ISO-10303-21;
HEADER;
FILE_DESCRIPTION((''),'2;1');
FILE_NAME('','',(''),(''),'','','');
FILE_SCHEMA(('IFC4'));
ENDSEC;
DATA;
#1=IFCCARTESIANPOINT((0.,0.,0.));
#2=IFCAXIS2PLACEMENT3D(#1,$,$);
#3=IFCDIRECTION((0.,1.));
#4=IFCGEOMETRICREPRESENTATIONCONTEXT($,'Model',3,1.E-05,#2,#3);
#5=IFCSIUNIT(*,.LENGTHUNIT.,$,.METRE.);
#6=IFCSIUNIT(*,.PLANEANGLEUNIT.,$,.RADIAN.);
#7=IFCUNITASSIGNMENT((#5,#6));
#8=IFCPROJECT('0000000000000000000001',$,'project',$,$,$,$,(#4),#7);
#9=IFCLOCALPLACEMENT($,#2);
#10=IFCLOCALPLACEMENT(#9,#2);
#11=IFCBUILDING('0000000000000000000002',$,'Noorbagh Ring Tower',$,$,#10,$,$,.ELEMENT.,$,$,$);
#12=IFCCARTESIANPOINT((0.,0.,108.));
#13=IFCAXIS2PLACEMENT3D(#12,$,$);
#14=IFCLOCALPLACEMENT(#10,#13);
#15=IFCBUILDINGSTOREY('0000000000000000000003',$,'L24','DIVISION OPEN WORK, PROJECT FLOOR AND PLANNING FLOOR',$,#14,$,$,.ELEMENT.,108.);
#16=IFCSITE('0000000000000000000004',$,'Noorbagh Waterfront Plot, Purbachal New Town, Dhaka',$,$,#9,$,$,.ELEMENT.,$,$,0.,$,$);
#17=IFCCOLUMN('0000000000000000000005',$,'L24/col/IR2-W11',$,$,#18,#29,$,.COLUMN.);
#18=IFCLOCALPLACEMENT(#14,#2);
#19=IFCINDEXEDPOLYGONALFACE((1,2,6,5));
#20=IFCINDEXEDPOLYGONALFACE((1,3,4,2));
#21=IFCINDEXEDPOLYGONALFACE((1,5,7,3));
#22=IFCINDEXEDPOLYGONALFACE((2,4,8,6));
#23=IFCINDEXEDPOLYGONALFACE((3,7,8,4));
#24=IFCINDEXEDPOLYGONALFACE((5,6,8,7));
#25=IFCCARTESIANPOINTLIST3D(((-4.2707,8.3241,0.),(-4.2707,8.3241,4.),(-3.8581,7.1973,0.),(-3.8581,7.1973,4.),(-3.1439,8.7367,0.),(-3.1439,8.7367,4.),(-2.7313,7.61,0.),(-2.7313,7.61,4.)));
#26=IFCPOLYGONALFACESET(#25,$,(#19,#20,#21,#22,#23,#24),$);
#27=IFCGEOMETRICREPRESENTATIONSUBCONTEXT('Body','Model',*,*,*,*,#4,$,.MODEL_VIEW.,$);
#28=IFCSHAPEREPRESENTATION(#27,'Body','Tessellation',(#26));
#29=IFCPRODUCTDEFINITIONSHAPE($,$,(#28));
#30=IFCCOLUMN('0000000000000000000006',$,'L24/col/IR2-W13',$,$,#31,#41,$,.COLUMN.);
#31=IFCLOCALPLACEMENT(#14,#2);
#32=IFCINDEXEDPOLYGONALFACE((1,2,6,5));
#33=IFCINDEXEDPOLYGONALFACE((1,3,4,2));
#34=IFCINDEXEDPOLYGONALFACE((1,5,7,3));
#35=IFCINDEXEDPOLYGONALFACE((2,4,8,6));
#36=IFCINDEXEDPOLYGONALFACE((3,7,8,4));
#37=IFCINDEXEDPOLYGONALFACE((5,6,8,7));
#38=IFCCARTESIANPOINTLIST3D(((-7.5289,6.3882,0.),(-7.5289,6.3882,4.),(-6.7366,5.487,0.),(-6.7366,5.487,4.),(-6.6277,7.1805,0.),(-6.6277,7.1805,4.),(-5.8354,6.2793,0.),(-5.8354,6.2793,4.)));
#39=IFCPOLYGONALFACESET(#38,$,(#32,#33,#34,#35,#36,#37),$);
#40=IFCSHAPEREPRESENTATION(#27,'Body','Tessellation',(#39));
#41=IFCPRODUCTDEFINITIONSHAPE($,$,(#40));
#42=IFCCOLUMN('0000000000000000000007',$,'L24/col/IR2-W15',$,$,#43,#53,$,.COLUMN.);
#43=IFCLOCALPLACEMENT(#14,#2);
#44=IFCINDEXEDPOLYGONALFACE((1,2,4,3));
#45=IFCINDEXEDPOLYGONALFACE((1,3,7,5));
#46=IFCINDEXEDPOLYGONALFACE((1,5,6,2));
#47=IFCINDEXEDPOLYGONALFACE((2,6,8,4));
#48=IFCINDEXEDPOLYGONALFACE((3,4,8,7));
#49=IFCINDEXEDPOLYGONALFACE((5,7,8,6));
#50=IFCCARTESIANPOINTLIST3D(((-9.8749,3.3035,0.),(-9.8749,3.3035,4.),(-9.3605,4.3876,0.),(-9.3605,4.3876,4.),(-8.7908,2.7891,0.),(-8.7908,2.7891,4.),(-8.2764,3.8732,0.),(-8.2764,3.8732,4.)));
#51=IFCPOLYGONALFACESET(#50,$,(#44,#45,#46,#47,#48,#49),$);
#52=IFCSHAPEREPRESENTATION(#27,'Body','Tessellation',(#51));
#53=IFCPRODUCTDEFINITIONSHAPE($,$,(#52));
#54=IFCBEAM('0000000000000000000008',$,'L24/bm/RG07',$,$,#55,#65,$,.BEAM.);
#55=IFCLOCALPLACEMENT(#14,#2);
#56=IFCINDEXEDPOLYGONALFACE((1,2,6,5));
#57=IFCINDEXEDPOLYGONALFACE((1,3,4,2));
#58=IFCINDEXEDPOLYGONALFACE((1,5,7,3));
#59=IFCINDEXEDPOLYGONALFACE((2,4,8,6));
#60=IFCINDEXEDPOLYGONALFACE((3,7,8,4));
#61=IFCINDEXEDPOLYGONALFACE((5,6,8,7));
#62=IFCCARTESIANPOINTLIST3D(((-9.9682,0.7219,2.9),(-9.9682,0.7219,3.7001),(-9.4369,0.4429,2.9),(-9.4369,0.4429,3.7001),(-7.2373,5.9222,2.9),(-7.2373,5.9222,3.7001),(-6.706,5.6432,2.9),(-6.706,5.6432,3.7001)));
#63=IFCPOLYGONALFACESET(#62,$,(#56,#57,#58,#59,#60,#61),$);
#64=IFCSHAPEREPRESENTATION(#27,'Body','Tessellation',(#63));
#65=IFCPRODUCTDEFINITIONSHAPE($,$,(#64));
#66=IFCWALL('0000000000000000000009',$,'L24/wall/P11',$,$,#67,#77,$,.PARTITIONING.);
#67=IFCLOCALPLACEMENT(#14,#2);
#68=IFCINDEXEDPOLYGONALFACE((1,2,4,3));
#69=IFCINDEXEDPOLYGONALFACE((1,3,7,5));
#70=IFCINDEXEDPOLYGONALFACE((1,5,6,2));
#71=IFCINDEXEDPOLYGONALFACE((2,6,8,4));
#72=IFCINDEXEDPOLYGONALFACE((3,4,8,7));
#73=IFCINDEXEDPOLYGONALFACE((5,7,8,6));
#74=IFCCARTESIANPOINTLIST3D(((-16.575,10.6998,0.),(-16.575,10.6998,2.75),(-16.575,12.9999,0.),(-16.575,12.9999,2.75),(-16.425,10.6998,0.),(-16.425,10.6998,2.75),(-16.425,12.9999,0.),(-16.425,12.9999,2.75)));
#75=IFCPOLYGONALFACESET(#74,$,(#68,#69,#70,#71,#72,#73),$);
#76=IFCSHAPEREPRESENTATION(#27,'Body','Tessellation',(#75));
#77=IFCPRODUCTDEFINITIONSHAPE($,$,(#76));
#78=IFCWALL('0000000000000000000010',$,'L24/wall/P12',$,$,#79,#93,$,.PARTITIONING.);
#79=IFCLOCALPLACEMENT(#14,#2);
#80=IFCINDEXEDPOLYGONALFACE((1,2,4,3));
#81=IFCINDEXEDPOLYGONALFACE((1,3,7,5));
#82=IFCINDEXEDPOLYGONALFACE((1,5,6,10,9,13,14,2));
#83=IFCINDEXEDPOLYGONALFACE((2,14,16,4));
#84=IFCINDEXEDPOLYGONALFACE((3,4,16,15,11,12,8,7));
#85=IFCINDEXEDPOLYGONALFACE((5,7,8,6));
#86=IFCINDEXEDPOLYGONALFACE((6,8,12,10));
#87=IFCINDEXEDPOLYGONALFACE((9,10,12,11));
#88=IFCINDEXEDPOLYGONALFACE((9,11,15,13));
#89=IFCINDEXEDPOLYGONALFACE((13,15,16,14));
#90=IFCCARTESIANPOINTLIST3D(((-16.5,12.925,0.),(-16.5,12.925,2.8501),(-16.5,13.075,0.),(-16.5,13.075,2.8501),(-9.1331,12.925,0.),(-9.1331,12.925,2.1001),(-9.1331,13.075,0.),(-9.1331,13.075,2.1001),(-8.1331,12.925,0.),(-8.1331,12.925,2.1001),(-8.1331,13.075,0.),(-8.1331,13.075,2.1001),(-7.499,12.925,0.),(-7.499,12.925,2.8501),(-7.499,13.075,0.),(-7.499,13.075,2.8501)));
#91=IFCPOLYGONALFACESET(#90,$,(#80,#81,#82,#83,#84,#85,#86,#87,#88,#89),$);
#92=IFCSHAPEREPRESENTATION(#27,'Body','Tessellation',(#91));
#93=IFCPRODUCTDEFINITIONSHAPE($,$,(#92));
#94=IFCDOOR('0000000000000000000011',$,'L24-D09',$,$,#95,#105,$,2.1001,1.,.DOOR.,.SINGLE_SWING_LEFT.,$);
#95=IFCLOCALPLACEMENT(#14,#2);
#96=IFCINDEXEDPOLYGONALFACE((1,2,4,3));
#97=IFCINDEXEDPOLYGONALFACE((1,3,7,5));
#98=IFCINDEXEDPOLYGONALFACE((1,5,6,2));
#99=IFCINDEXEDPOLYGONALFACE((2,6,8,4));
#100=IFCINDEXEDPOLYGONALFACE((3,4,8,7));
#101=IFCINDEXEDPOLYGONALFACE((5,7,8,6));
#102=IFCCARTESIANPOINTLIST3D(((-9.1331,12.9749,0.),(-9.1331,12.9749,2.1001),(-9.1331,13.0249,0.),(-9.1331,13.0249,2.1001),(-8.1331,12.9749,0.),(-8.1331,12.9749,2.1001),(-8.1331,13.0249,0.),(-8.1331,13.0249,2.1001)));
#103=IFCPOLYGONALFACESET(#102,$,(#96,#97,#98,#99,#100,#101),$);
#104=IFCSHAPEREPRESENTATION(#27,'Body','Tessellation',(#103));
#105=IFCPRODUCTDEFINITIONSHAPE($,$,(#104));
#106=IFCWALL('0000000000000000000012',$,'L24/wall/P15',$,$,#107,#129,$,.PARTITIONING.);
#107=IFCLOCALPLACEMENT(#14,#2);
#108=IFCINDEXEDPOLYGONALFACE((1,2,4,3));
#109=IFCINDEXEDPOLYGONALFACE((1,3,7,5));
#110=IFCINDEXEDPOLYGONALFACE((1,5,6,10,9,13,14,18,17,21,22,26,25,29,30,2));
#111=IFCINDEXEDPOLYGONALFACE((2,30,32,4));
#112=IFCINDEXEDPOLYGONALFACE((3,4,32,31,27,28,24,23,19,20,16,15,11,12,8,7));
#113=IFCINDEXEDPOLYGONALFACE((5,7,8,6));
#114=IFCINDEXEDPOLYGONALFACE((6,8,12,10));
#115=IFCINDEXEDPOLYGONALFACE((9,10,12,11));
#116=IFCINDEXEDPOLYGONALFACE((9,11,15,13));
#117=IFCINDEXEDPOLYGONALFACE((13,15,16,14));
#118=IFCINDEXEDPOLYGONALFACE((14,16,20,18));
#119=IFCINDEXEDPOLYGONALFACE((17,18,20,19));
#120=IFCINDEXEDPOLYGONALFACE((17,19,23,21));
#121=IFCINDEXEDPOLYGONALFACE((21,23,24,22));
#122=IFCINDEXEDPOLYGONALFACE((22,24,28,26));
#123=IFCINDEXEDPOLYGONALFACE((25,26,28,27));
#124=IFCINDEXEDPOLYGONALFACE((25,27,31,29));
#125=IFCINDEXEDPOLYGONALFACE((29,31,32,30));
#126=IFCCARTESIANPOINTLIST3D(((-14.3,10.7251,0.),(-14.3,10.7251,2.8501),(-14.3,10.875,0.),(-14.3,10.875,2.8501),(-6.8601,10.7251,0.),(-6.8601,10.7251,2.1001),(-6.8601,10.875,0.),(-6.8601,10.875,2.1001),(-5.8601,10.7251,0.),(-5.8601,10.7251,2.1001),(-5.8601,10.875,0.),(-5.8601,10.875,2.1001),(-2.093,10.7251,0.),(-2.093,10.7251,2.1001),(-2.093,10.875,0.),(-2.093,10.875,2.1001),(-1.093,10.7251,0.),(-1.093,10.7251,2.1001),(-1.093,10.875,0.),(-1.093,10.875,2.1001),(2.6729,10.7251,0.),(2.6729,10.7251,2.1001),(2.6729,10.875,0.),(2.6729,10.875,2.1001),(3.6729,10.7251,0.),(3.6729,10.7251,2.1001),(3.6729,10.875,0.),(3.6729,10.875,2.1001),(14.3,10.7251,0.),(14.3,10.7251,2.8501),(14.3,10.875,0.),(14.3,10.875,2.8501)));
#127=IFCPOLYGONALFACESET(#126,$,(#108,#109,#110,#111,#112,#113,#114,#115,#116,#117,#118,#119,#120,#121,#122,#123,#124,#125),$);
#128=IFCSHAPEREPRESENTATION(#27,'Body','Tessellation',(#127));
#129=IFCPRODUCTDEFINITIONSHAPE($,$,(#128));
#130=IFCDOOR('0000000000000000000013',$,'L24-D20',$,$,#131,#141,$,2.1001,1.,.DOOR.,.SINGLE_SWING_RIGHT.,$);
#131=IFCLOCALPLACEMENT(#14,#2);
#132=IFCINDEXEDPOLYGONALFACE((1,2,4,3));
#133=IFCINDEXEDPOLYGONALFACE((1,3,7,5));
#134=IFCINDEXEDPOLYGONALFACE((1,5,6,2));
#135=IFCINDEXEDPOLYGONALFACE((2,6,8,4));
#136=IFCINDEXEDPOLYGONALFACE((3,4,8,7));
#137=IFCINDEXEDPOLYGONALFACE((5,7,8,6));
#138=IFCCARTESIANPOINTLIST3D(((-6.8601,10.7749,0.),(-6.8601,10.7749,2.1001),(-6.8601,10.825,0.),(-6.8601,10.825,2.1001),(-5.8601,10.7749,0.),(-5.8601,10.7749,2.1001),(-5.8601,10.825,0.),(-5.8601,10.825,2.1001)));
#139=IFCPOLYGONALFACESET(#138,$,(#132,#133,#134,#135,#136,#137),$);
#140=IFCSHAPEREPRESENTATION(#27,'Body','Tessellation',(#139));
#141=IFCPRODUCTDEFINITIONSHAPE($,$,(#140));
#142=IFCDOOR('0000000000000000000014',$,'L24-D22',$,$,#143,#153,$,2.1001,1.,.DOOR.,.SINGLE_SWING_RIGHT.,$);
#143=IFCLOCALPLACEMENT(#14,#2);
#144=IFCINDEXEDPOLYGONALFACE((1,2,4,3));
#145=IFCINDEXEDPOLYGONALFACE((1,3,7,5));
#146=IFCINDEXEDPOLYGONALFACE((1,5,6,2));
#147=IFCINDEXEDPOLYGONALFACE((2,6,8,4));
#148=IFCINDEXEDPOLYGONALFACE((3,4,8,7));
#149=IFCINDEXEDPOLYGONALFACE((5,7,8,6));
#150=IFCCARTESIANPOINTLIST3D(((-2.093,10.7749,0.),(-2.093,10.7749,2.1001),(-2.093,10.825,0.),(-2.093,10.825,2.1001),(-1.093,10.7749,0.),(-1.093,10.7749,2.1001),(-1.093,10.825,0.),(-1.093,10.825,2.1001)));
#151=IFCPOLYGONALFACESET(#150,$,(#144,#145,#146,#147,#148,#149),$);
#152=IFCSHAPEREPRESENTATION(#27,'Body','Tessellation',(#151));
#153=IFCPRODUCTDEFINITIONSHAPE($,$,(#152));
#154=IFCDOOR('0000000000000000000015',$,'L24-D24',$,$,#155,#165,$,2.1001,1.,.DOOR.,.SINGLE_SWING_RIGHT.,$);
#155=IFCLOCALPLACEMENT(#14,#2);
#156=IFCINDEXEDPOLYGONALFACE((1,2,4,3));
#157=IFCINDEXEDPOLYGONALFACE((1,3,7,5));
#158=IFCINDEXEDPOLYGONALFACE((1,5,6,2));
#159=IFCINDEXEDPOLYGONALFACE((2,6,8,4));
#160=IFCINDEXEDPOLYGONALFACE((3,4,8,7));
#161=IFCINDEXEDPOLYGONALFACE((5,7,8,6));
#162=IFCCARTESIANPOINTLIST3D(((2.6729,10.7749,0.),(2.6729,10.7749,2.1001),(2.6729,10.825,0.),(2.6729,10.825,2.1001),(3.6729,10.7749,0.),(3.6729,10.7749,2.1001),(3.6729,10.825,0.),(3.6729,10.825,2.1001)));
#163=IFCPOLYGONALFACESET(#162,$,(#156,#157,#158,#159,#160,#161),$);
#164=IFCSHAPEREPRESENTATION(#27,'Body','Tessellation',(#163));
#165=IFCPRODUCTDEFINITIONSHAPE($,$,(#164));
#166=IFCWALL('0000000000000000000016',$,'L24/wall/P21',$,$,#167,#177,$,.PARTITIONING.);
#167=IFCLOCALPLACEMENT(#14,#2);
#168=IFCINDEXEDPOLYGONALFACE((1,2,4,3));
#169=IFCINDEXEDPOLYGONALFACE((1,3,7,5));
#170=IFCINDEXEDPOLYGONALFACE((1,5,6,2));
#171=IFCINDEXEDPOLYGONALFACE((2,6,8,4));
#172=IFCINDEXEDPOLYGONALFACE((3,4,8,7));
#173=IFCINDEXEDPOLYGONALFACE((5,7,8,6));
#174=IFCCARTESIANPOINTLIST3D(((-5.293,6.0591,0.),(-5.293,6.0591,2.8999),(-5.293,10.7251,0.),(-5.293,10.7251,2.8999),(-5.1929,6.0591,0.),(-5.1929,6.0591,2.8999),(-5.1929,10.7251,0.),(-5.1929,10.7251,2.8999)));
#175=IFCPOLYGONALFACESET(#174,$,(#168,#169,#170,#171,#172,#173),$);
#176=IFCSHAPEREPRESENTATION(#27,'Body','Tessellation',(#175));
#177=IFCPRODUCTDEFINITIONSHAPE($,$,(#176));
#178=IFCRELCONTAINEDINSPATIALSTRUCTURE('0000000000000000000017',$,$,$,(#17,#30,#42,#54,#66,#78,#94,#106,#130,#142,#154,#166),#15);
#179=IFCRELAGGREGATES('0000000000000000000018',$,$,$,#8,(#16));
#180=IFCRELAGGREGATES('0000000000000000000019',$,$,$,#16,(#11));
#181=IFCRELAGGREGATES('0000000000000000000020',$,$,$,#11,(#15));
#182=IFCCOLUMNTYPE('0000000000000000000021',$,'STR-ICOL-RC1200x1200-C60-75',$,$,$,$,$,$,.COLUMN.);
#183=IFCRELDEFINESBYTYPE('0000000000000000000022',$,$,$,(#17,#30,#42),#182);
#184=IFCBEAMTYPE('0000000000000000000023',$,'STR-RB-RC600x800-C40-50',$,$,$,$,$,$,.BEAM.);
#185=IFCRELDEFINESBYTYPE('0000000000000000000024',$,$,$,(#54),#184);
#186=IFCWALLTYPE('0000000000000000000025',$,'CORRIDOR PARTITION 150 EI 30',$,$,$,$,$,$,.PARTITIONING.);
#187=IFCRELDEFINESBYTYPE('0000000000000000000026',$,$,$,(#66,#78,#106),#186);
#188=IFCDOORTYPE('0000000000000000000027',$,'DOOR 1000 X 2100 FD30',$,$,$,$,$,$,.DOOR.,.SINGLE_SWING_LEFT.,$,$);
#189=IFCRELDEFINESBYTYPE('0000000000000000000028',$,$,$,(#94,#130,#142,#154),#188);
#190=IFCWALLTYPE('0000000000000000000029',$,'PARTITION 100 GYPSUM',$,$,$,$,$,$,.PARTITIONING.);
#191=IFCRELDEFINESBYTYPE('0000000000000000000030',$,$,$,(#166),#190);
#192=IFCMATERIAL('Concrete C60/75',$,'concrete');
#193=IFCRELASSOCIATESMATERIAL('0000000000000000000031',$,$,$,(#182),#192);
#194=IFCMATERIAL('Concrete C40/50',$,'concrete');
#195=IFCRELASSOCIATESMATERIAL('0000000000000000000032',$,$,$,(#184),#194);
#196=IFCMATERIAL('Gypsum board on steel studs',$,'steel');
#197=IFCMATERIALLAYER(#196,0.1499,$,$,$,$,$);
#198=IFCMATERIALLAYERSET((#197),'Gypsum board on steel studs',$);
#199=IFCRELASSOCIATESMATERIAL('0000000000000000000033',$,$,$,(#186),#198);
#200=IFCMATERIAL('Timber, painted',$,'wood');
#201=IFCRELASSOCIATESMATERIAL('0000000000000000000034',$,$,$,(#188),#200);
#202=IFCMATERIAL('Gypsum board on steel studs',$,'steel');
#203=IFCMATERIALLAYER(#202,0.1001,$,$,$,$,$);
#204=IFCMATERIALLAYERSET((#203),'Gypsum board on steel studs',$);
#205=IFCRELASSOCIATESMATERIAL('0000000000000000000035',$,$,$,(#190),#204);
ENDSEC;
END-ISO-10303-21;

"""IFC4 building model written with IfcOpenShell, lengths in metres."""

from ifc_helpers import new_model, si_unit, direction, frame, frame_2d, origin, origin_2d, place, context, subcontext, project, spatial, rectangle, extrude, material, layer, layer_set, material_profile, profile_set, type_object, element, fill, save


model = new_model("IFC4")

# Units and contexts
model_context = context("Model", 3, precision=1e-05, world=origin(), true_north=direction((0.0, 1.0)))
body_context = subcontext(model_context, "Body", "Model", "MODEL_VIEW")
ifc_project = project(units=[si_unit("LENGTHUNIT", "METRE"), si_unit("PLANEANGLEUNIT", "RADIAN")], contexts=[model_context])

# Site, building, storey
site_placement = place(None, origin())
site = spatial("IfcSite", under=ifc_project, at=site_placement, Name="Noorbagh Waterfront Plot, Purbachal New Town, Dhaka", CompositionType="ELEMENT", RefElevation=0.0)
building_placement = place(site_placement, origin())
building = spatial("IfcBuilding", under=site, at=building_placement, Name="Noorbagh Ring Tower", CompositionType="ELEMENT")
storey_placement = place(building_placement, frame((0.0, 0.0, 108.0)))
storey = spatial("IfcBuildingStorey", under=building, at=storey_placement, Name="L24", Description="DIVISION OPEN WORK, PROJECT FLOOR AND PLANNING FLOOR", CompositionType="ELEMENT", Elevation=108.0)

# Columns
ifc_material_1 = material(Name="Concrete C60/75", Category="concrete")
ifc_material_profile_1 = material_profile(ifc_material_1, rectangle(XDim=1.2, YDim=1.2, at=origin_2d()), Name="RC1200x1200")
ifc_profile_set_1 = profile_set([ifc_material_profile_1], Name="Concrete C60/75")
column_type = type_object("IfcColumnType", Name="STR-ICOL-RC1200x1200-C60-75", PredefinedType="COLUMN", material=ifc_profile_set_1)
for number, where, z_axis, x_axis, name in (
    (1, (-3.501, 7.967, 0.0), (0.0, 0.0, 1.0), (-0.93902, -0.343864, 0.0), "L24/col/IR2-W11"),
    (2, (-6.6821, 6.3337, 0.0), (0.0, 0.0, 1.0), (-0.751022, -0.660277, 0.0), "L24/col/IR2-W13"),
    (3, (-9.0757, 3.5884, 0.0), (0.0, 0.0, 1.0), (-0.428667, -0.903463, 0.0), "L24/col/IR2-W15"),
):
    element("IfcColumn", number, at=place(storey_placement, frame(where, z_axis=z_axis, x_axis=x_axis)), inside=storey, type_object=column_type, Name=name, PredefinedType="COLUMN", context=body_context, shape_type="SweptSolid", body=[
        extrude(rectangle(XDim=1.2, YDim=1.2, at=origin_2d()), origin(), (0.0, 0.0, 1.0), 4.0),
    ])

# Beam
ifc_material_2 = material(Name="Concrete C40/50", Category="concrete")
ifc_material_profile_2 = material_profile(ifc_material_2, rectangle(XDim=0.6001, YDim=0.8, at=origin_2d()), Name="RC600x800")
ifc_profile_set_2 = profile_set([ifc_material_profile_2], Name="Concrete C40/50")
beam_type = type_object("IfcBeamType", Name="STR-RB-RC600x800-C40-50", PredefinedType="BEAM", material=ifc_profile_set_2)
beam_placement = place(storey_placement, frame((-6.9717, 5.7827, 3.3), z_axis=(-0.464931, -0.885347, 0.0), x_axis=(0.885347, -0.464931, 0.0)))
element("IfcBeam", 4, at=beam_placement, inside=storey, type_object=beam_type, Name="L24/bm/RG07", PredefinedType="BEAM", context=body_context, shape_type="SweptSolid", body=[
    extrude(rectangle(XDim=0.6001, YDim=0.8, at=origin_2d()), origin(), (0.0, 0.0, 1.0), 5.8738),
])

# Wall
ifc_material_3 = material(Name="Gypsum board on steel studs", Category="steel")
ifc_layer_1 = layer(ifc_material_3, 0.1499)
ifc_layer_set_1 = layer_set([ifc_layer_1], Name="Gypsum board on steel studs")
wall_type_1 = type_object("IfcWallType", Name="CORRIDOR PARTITION 150 EI 30", PredefinedType="PARTITIONING", material=ifc_layer_set_1)
wall_1_placement = place(storey_placement, frame((-16.5, 10.7, 0.0), z_axis=(0.0, 0.0, 1.0), x_axis=(0.0, 1.0, 0.0)))
element("IfcWall", 5, at=wall_1_placement, inside=storey, type_object=wall_type_1, Name="L24/wall/P11", PredefinedType="PARTITIONING", context=body_context, shape_type="SweptSolid", body=[
    extrude(rectangle(XDim=2.3, YDim=0.1499, at=frame_2d((1.1499, 0.0))), origin(), (0.0, 0.0, 1.0), 2.75),
])

# Wall, opening, door
wall_2_placement = place(storey_placement, frame((-16.5, 13.0, 0.0), z_axis=(0.0, 0.0, 1.0), x_axis=(1.0, 0.0, 0.0)))
wall_2 = element("IfcWall", 6, at=wall_2_placement, inside=storey, type_object=wall_type_1, Name="L24/wall/P12", PredefinedType="PARTITIONING", context=body_context, shape_type="SweptSolid", body=[
    extrude(rectangle(XDim=9.001, YDim=0.1499, at=frame_2d((4.5005, 0.0))), origin(), (0.0, 0.0, 1.0), 2.8501),
])
opening_1_placement = place(wall_2_placement, frame((7.3669, 0.0, 0.0)))
opening_1 = element("IfcOpeningElement", 7, at=opening_1_placement, cuts=wall_2, PredefinedType="OPENING", context=body_context, shape_type="SweptSolid", body=[
    extrude(rectangle(XDim=1.0, YDim=2.1001, at=frame_2d((0.5, 1.05))), frame((0.0, 0.085, 0.0), z_axis=(0.0, -1.0, 0.0), x_axis=(1.0, 0.0, 0.0)), (0.0, 0.0, 1.0), 0.1699),
])
ifc_material_4 = material(Name="Timber, painted", Category="wood")
door_type = type_object("IfcDoorType", Name="DOOR 1000 X 2100 FD30", OperationType="SINGLE_SWING_LEFT", PredefinedType="DOOR", material=ifc_material_4)
door_1_placement = place(opening_1_placement, origin())
door_1 = element("IfcDoor", 8, at=door_1_placement, inside=storey, type_object=door_type, Name="L24-D09", OperationType="SINGLE_SWING_LEFT", OverallHeight=2.1001, OverallWidth=1.0, PredefinedType="DOOR", context=body_context, shape_type="SweptSolid", body=[
    extrude(rectangle(XDim=1.0, YDim=2.1001, at=frame_2d((0.5, 1.05))), frame((0.0, 0.0249, 0.0), z_axis=(0.0, -1.0, 0.0), x_axis=(1.0, 0.0, 0.0)), (0.0, 0.0, 1.0), 0.05),
])
fill(opening_1, door_1)

# Wall, openings, doors
wall_3_placement = place(storey_placement, frame((-14.3, 10.8, 0.0), z_axis=(0.0, 0.0, 1.0), x_axis=(1.0, 0.0, 0.0)))
wall_3 = element("IfcWall", 9, at=wall_3_placement, inside=storey, type_object=wall_type_1, Name="L24/wall/P15", PredefinedType="PARTITIONING", context=body_context, shape_type="SweptSolid", body=[
    extrude(rectangle(XDim=28.6001, YDim=0.1499, at=frame_2d((14.3, 0.0))), origin(), (0.0, 0.0, 1.0), 2.8501),
])
opening_2_placement = place(wall_3_placement, frame((7.4399, 0.0, 0.0)))
opening_2 = element("IfcOpeningElement", 10, at=opening_2_placement, cuts=wall_3, PredefinedType="OPENING", context=body_context, shape_type="SweptSolid", body=[
    extrude(rectangle(XDim=1.0, YDim=2.1001, at=frame_2d((0.5, 1.05))), frame((0.0, 0.085, 0.0), z_axis=(0.0, -1.0, 0.0), x_axis=(1.0, 0.0, 0.0)), (0.0, 0.0, 1.0), 0.1699),
])
opening_3_placement = place(wall_3_placement, frame((12.207, 0.0, 0.0)))
opening_3 = element("IfcOpeningElement", 11, at=opening_3_placement, cuts=wall_3, PredefinedType="OPENING", context=body_context, shape_type="SweptSolid", body=[
    extrude(rectangle(XDim=1.0, YDim=2.1001, at=frame_2d((0.5, 1.05))), frame((0.0, 0.085, 0.0), z_axis=(0.0, -1.0, 0.0), x_axis=(1.0, 0.0, 0.0)), (0.0, 0.0, 1.0), 0.1699),
])
opening_4_placement = place(wall_3_placement, frame((16.9729, 0.0, 0.0)))
opening_4 = element("IfcOpeningElement", 12, at=opening_4_placement, cuts=wall_3, PredefinedType="OPENING", context=body_context, shape_type="SweptSolid", body=[
    extrude(rectangle(XDim=1.0, YDim=2.1001, at=frame_2d((0.5, 1.05))), frame((0.0, 0.085, 0.0), z_axis=(0.0, -1.0, 0.0), x_axis=(1.0, 0.0, 0.0)), (0.0, 0.0, 1.0), 0.1699),
])
door_2_placement = place(opening_2_placement, origin())
door_2 = element("IfcDoor", 13, at=door_2_placement, inside=storey, type_object=door_type, Name="L24-D20", OperationType="SINGLE_SWING_RIGHT", OverallHeight=2.1001, OverallWidth=1.0, PredefinedType="DOOR", context=body_context, shape_type="SweptSolid", body=[
    extrude(rectangle(XDim=1.0, YDim=2.1001, at=frame_2d((0.5, 1.05))), frame((0.0, 0.0249, 0.0), z_axis=(0.0, -1.0, 0.0), x_axis=(1.0, 0.0, 0.0)), (0.0, 0.0, 1.0), 0.05),
])
fill(opening_2, door_2)
door_3_placement = place(opening_3_placement, origin())
door_3 = element("IfcDoor", 14, at=door_3_placement, inside=storey, type_object=door_type, Name="L24-D22", OperationType="SINGLE_SWING_RIGHT", OverallHeight=2.1001, OverallWidth=1.0, PredefinedType="DOOR", context=body_context, shape_type="SweptSolid", body=[
    extrude(rectangle(XDim=1.0, YDim=2.1001, at=frame_2d((0.5, 1.05))), frame((0.0, 0.0249, 0.0), z_axis=(0.0, -1.0, 0.0), x_axis=(1.0, 0.0, 0.0)), (0.0, 0.0, 1.0), 0.05),
])
fill(opening_3, door_3)
door_4_placement = place(opening_4_placement, origin())
door_4 = element("IfcDoor", 15, at=door_4_placement, inside=storey, type_object=door_type, Name="L24-D24", OperationType="SINGLE_SWING_RIGHT", OverallHeight=2.1001, OverallWidth=1.0, PredefinedType="DOOR", context=body_context, shape_type="SweptSolid", body=[
    extrude(rectangle(XDim=1.0, YDim=2.1001, at=frame_2d((0.5, 1.05))), frame((0.0, 0.0249, 0.0), z_axis=(0.0, -1.0, 0.0), x_axis=(1.0, 0.0, 0.0)), (0.0, 0.0, 1.0), 0.05),
])
fill(opening_4, door_4)

# Wall
ifc_material_5 = material(Name="Gypsum board on steel studs", Category="steel")
ifc_layer_2 = layer(ifc_material_5, 0.1001)
ifc_layer_set_2 = layer_set([ifc_layer_2], Name="Gypsum board on steel studs")
wall_type_2 = type_object("IfcWallType", Name="PARTITION 100 GYPSUM", PredefinedType="PARTITIONING", material=ifc_layer_set_2)
wall_4_placement = place(storey_placement, frame((-5.2429, 6.0591, 0.0), z_axis=(0.0, 0.0, 1.0), x_axis=(0.0, 1.0, 0.0)))
element("IfcWall", 16, at=wall_4_placement, inside=storey, type_object=wall_type_2, Name="L24/wall/P21", PredefinedType="PARTITIONING", context=body_context, shape_type="SweptSolid", body=[
    extrude(rectangle(XDim=4.666, YDim=0.1001, at=frame_2d((2.333, 0.0))), origin(), (0.0, 0.0, 1.0), 2.8999),
])

save(model, "model.ifc")
